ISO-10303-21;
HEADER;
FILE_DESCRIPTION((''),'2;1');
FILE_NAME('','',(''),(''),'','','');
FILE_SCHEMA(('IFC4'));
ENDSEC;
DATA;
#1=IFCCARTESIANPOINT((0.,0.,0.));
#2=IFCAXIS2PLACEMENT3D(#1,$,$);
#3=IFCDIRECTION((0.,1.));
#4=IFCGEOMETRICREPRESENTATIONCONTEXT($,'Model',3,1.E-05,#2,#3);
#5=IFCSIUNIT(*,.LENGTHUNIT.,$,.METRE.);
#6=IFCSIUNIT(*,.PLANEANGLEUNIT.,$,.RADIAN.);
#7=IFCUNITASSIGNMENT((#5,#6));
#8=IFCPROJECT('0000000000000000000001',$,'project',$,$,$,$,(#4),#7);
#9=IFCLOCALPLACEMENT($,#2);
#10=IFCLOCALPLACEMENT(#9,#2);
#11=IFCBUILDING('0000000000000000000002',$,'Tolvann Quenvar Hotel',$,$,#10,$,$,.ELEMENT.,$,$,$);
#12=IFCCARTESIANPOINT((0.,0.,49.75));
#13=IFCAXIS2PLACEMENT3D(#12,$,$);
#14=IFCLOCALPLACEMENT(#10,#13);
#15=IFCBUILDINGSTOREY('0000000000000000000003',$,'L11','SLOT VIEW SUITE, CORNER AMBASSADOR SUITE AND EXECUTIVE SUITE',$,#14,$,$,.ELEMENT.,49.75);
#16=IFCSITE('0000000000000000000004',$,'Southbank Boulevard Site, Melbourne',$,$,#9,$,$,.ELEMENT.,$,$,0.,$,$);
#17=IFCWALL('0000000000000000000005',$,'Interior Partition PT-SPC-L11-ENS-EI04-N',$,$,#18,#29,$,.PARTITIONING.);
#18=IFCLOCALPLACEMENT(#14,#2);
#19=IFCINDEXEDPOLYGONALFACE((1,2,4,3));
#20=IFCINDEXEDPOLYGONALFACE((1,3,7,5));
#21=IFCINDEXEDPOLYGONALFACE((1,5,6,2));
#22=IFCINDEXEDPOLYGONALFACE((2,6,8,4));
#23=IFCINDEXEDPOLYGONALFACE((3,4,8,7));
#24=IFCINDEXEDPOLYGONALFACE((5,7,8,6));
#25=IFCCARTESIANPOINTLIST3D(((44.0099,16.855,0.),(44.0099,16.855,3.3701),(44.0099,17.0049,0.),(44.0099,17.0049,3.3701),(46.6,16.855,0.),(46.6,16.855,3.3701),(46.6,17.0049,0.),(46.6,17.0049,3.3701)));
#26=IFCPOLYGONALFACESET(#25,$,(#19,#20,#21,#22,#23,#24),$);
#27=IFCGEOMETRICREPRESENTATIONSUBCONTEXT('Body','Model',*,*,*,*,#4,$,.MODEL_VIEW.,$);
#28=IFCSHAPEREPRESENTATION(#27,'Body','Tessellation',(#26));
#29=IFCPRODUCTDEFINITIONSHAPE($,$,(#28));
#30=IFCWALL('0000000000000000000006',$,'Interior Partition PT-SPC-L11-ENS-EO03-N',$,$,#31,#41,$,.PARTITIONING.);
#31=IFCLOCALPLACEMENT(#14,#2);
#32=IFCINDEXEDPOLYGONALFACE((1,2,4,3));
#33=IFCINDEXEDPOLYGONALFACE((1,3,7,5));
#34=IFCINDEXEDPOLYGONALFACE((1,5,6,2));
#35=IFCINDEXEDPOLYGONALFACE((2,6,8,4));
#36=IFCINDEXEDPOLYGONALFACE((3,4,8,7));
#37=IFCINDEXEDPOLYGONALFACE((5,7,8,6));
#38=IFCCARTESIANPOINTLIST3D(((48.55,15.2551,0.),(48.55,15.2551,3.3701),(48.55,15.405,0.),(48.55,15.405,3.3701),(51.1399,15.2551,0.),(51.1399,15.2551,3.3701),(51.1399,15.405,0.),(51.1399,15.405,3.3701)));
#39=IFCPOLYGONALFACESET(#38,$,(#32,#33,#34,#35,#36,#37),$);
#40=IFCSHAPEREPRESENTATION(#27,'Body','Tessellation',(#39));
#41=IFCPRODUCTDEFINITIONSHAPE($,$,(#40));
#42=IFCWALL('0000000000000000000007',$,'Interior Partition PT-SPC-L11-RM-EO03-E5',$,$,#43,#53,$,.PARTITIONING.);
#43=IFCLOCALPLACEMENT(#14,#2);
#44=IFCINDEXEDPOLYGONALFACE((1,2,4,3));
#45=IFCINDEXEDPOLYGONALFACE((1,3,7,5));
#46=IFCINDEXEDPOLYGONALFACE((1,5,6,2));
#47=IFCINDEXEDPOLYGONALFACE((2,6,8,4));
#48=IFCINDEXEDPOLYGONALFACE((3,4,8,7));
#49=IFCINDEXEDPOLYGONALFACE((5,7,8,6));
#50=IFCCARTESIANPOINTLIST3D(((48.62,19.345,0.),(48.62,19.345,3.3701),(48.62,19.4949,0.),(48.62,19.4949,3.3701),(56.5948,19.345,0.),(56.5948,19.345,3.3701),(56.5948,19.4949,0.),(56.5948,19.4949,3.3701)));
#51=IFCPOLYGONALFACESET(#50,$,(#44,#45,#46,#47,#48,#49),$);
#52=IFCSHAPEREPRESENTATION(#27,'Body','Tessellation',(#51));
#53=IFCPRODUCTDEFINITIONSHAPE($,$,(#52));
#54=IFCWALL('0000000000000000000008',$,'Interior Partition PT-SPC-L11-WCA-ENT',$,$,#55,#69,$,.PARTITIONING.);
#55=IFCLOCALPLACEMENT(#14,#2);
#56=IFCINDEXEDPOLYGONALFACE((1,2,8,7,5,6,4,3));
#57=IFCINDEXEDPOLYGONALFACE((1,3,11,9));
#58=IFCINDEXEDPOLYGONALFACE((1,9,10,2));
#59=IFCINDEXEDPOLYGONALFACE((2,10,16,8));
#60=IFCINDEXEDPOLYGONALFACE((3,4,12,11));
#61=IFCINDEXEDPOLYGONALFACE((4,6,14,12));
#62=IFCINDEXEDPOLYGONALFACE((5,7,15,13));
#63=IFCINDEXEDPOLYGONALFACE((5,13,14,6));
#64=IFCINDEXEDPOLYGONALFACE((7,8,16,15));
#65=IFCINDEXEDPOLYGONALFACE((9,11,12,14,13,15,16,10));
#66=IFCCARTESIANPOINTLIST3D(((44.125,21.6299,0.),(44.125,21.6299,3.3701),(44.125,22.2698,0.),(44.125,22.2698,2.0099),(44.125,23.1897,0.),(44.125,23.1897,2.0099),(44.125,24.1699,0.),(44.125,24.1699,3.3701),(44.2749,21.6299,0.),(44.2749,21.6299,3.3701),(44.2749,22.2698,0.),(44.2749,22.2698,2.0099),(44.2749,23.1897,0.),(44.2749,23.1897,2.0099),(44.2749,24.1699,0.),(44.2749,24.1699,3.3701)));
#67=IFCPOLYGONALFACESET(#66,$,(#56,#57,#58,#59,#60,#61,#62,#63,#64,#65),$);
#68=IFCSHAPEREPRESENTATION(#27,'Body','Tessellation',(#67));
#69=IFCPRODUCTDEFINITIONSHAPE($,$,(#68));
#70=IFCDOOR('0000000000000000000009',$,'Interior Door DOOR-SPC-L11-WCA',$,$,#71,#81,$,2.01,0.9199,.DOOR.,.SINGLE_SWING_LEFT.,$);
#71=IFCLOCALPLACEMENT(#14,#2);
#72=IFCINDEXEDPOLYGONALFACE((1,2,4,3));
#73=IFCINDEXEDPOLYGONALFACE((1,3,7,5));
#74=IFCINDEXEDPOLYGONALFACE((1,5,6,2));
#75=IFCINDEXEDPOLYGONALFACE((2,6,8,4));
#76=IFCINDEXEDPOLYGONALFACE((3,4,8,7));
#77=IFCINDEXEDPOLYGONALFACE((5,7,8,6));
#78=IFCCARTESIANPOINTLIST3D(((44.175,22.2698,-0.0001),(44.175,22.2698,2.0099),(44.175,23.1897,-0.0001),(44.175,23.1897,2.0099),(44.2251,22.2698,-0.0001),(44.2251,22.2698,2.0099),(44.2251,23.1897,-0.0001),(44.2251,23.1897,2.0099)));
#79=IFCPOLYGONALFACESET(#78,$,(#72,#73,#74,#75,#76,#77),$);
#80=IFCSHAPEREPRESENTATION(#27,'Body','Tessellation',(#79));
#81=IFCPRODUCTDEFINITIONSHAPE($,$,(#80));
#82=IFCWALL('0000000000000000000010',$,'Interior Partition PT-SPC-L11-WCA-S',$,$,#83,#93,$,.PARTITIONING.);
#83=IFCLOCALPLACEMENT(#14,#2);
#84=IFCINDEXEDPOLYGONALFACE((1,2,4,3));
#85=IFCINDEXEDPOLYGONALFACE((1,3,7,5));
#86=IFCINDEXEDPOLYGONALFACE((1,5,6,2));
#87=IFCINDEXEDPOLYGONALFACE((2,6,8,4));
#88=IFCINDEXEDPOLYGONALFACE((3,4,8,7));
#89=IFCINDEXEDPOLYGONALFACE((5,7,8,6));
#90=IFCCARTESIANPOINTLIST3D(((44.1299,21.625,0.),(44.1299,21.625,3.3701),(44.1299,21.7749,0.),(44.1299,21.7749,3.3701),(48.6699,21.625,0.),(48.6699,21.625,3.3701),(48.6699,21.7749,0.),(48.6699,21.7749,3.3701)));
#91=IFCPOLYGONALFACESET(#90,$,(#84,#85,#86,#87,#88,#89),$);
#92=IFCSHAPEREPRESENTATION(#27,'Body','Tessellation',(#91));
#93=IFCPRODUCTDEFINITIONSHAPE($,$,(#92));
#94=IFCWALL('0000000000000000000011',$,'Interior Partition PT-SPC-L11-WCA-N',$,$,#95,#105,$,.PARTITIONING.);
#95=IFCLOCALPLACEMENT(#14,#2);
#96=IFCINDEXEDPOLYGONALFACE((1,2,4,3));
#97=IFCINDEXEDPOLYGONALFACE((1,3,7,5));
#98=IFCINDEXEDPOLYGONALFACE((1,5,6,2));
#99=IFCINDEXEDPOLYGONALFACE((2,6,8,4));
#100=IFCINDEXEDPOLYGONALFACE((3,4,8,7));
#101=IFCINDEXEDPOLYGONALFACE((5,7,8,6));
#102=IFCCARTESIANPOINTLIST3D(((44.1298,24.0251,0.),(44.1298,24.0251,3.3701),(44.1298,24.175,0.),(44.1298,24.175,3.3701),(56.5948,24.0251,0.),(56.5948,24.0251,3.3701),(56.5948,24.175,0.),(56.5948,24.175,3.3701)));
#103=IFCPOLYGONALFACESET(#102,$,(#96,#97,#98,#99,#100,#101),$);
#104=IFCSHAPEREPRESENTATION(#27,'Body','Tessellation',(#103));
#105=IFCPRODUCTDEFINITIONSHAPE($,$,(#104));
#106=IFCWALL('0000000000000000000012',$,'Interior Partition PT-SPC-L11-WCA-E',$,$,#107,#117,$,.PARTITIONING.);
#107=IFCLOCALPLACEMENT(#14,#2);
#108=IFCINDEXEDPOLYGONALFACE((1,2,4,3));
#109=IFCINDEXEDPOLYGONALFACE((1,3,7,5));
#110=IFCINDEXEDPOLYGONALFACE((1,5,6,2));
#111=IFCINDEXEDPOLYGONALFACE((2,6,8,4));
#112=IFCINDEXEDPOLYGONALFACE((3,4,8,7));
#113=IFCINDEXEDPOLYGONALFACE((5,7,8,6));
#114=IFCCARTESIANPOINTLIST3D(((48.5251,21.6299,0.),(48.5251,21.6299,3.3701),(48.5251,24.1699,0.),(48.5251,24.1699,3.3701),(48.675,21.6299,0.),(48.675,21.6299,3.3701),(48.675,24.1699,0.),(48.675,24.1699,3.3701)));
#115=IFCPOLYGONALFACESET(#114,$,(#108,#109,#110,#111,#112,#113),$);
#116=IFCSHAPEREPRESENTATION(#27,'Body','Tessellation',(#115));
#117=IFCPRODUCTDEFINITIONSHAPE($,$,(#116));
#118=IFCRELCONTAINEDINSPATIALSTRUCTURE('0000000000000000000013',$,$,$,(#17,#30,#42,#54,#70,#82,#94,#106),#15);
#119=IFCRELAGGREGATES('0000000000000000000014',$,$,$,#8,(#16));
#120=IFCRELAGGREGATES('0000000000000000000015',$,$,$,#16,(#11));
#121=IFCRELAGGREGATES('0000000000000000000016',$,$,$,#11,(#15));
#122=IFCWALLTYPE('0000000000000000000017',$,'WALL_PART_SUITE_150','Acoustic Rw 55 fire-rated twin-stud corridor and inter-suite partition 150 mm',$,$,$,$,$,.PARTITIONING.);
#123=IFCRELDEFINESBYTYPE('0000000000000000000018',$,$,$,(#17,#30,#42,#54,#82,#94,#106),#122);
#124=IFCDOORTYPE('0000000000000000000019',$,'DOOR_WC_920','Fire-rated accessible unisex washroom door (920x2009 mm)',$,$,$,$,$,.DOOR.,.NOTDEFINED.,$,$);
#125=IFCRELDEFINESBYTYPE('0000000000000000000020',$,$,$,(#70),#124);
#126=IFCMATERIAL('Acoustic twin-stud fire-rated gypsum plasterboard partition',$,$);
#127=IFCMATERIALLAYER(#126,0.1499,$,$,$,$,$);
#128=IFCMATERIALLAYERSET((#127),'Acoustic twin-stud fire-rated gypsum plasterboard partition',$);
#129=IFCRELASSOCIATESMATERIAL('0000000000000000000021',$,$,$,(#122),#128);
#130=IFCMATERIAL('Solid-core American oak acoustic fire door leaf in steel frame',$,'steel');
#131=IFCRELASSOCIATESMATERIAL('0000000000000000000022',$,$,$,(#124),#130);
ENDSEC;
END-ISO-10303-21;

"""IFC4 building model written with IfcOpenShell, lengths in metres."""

from ifc_helpers import new_model, si_unit, direction, frame, frame_2d, origin, place, context, subcontext, project, spatial, rectangle, extrude, source, transform, mapped, material, layer, layer_set, type_object, type_shapes, element, fill, save


model = new_model("IFC4")

# Units and contexts
model_context = context("Model", 3, precision=1e-05, world=origin(), true_north=direction((0.0, 1.0)))
body_context = subcontext(model_context, "Body", "Model", "MODEL_VIEW")
ifc_project = project(units=[si_unit("LENGTHUNIT", "METRE"), si_unit("PLANEANGLEUNIT", "RADIAN")], contexts=[model_context])

# Site, building, storey
site_placement = place(None, origin())
site = spatial("IfcSite", under=ifc_project, at=site_placement, Name="Southbank Boulevard Site, Melbourne", CompositionType="ELEMENT", RefElevation=0.0)
building_placement = place(site_placement, origin())
building = spatial("IfcBuilding", under=site, at=building_placement, Name="Tolvann Quenvar Hotel", CompositionType="ELEMENT")
storey_placement = place(building_placement, frame((0.0, 0.0, 49.75)))
storey = spatial("IfcBuildingStorey", under=building, at=storey_placement, Name="L11", Description="SLOT VIEW SUITE, CORNER AMBASSADOR SUITE AND EXECUTIVE SUITE", CompositionType="ELEMENT", Elevation=49.75)

# Walls
ifc_material_1 = material(Name="Acoustic twin-stud fire-rated gypsum plasterboard partition")
ifc_layer = layer(ifc_material_1, 0.1499)
ifc_layer_set = layer_set([ifc_layer], Name="Acoustic twin-stud fire-rated gypsum plasterboard partition")
wall_type = type_object("IfcWallType", Name="WALL_PART_SUITE_150", Description="Acoustic Rw 55 fire-rated twin-stud corridor and inter-suite partition 150 mm", PredefinedType="PARTITIONING", material=ifc_layer_set)
wall_1_placement = place(storey_placement, frame((44.01, 16.9299, 0.0), z_axis=(0.0, 0.0, 1.0), x_axis=(1.0, 0.0, 0.0)))
element("IfcWall", 1, at=wall_1_placement, inside=storey, type_object=wall_type, Name="Interior Partition PT-SPC-L11-ENS-EI04-N", PredefinedType="PARTITIONING", context=body_context, shape_type="SweptSolid", body=[
    extrude(rectangle(XDim=2.5901, YDim=0.1499, at=frame_2d((1.2949, 0.0))), origin(), (0.0, 0.0, 1.0), 3.3701),
])
wall_2_placement = place(storey_placement, frame((48.55, 15.3301, 0.0), z_axis=(0.0, 0.0, 1.0), x_axis=(1.0, 0.0, 0.0)))
element("IfcWall", 2, at=wall_2_placement, inside=storey, type_object=wall_type, Name="Interior Partition PT-SPC-L11-ENS-EO03-N", PredefinedType="PARTITIONING", context=body_context, shape_type="SweptSolid", body=[
    extrude(rectangle(XDim=2.5898, YDim=0.1499, at=frame_2d((1.2949, 0.0))), origin(), (0.0, 0.0, 1.0), 3.3701),
])

# Shared definitions
ifc_material_2 = material(Name="Solid-core American oak acoustic fire door leaf in steel frame", Category="steel")

# Wall
wall_3_placement = place(storey_placement, frame((48.6201, 19.4199, 0.0), z_axis=(0.0, 0.0, 1.0), x_axis=(1.0, 0.0, 0.0)))
element("IfcWall", 3, at=wall_3_placement, inside=storey, type_object=wall_type, Name="Interior Partition PT-SPC-L11-RM-EO03-E5", PredefinedType="PARTITIONING", context=body_context, shape_type="SweptSolid", body=[
    extrude(rectangle(XDim=7.9749, YDim=0.1499, at=frame_2d((3.9873, 0.0))), origin(), (0.0, 0.0, 1.0), 3.3701),
])

# Wall, opening, door
wall_4_placement = place(storey_placement, frame((44.2, 21.6299, 0.0), z_axis=(0.0, 0.0, 1.0), x_axis=(0.0, 1.0, 0.0)))
wall_4 = element("IfcWall", 4, at=wall_4_placement, inside=storey, type_object=wall_type, Name="Interior Partition PT-SPC-L11-WCA-ENT", PredefinedType="PARTITIONING", context=body_context, shape_type="SweptSolid", body=[
    extrude(rectangle(XDim=2.54, YDim=0.1499, at=frame_2d((1.27, 0.0))), origin(), (0.0, 0.0, 1.0), 3.3701),
])
opening_1_placement = place(wall_4_placement, frame((0.6399, 0.0, 0.0)))
opening_1 = element("IfcOpeningElement", 5, at=opening_1_placement, cuts=wall_4, PredefinedType="OPENING", context=body_context, shape_type="SweptSolid", body=[
    extrude(rectangle(XDim=0.9199, YDim=2.01, at=frame_2d((0.46, 1.0049))), frame((0.0, 0.085, 0.0), z_axis=(0.0, -1.0, 0.0), x_axis=(1.0, 0.0, 0.0)), (0.0, 0.0, 1.0), 0.1699),
])
door_type_1 = type_object("IfcDoorType", Name="DOOR_WC_920", Description="Fire-rated accessible unisex washroom door (920x2009 mm)", OperationType="NOTDEFINED", PredefinedType="DOOR", material=ifc_material_2)
shared_shape_1 = source(origin(), body_context, "Body", "SweptSolid", [
    extrude(rectangle(XDim=0.9199, YDim=2.01, at=frame_2d((0.46, 1.0049))), frame((0.0, 0.0249, 0.0), z_axis=(0.0, -1.0, 0.0), x_axis=(1.0, 0.0, 0.0)), (0.0, 0.0, 1.0), 0.05),
])
type_shapes(door_type_1, [shared_shape_1])
door_1_placement = place(opening_1_placement, origin())
door_1 = element("IfcDoor", 6, at=door_1_placement, inside=storey, type_object=door_type_1, Name="Interior Door DOOR-SPC-L11-WCA", OperationType="SINGLE_SWING_LEFT", OverallHeight=2.01, OverallWidth=0.9199, PredefinedType="DOOR", context=body_context, shape_type="MappedRepresentation", body=[
    mapped(shared_shape_1, transform((0.0, 0.0, 0.0), x_axis=(1.0, 0.0, 0.0), y_axis=(0.0, 1.0, 0.0), z_axis=(0.0, 0.0, 1.0), scale=1.0)),
])
fill(opening_1, door_1)

# Walls
wall_5_placement = place(storey_placement, frame((44.1299, 21.7, 0.0), z_axis=(0.0, 0.0, 1.0), x_axis=(1.0, 0.0, 0.0)))
element("IfcWall", 7, at=wall_5_placement, inside=storey, type_object=wall_type, Name="Interior Partition PT-SPC-L11-WCA-S", PredefinedType="PARTITIONING", context=body_context, shape_type="SweptSolid", body=[
    extrude(rectangle(XDim=4.54, YDim=0.1499, at=frame_2d((2.27, 0.0))), origin(), (0.0, 0.0, 1.0), 3.3701),
])
wall_6_placement = place(storey_placement, frame((44.1299, 24.1001, 0.0), z_axis=(0.0, 0.0, 1.0), x_axis=(1.0, 0.0, 0.0)))
element("IfcWall", 8, at=wall_6_placement, inside=storey, type_object=wall_type, Name="Interior Partition PT-SPC-L11-WCA-N", PredefinedType="PARTITIONING", context=body_context, shape_type="SweptSolid", body=[
    extrude(rectangle(XDim=12.4651, YDim=0.1499, at=frame_2d((6.2324, 0.0))), origin(), (0.0, 0.0, 1.0), 3.3701),
])
wall_7_placement = place(storey_placement, frame((48.6001, 21.6299, 0.0), z_axis=(0.0, 0.0, 1.0), x_axis=(0.0, 1.0, 0.0)))
element("IfcWall", 9, at=wall_7_placement, inside=storey, type_object=wall_type, Name="Interior Partition PT-SPC-L11-WCA-E", PredefinedType="PARTITIONING", context=body_context, shape_type="SweptSolid", body=[
    extrude(rectangle(XDim=2.54, YDim=0.1499, at=frame_2d((1.27, 0.0))), origin(), (0.0, 0.0, 1.0), 3.3701),
])

save(model, "model.ifc")
